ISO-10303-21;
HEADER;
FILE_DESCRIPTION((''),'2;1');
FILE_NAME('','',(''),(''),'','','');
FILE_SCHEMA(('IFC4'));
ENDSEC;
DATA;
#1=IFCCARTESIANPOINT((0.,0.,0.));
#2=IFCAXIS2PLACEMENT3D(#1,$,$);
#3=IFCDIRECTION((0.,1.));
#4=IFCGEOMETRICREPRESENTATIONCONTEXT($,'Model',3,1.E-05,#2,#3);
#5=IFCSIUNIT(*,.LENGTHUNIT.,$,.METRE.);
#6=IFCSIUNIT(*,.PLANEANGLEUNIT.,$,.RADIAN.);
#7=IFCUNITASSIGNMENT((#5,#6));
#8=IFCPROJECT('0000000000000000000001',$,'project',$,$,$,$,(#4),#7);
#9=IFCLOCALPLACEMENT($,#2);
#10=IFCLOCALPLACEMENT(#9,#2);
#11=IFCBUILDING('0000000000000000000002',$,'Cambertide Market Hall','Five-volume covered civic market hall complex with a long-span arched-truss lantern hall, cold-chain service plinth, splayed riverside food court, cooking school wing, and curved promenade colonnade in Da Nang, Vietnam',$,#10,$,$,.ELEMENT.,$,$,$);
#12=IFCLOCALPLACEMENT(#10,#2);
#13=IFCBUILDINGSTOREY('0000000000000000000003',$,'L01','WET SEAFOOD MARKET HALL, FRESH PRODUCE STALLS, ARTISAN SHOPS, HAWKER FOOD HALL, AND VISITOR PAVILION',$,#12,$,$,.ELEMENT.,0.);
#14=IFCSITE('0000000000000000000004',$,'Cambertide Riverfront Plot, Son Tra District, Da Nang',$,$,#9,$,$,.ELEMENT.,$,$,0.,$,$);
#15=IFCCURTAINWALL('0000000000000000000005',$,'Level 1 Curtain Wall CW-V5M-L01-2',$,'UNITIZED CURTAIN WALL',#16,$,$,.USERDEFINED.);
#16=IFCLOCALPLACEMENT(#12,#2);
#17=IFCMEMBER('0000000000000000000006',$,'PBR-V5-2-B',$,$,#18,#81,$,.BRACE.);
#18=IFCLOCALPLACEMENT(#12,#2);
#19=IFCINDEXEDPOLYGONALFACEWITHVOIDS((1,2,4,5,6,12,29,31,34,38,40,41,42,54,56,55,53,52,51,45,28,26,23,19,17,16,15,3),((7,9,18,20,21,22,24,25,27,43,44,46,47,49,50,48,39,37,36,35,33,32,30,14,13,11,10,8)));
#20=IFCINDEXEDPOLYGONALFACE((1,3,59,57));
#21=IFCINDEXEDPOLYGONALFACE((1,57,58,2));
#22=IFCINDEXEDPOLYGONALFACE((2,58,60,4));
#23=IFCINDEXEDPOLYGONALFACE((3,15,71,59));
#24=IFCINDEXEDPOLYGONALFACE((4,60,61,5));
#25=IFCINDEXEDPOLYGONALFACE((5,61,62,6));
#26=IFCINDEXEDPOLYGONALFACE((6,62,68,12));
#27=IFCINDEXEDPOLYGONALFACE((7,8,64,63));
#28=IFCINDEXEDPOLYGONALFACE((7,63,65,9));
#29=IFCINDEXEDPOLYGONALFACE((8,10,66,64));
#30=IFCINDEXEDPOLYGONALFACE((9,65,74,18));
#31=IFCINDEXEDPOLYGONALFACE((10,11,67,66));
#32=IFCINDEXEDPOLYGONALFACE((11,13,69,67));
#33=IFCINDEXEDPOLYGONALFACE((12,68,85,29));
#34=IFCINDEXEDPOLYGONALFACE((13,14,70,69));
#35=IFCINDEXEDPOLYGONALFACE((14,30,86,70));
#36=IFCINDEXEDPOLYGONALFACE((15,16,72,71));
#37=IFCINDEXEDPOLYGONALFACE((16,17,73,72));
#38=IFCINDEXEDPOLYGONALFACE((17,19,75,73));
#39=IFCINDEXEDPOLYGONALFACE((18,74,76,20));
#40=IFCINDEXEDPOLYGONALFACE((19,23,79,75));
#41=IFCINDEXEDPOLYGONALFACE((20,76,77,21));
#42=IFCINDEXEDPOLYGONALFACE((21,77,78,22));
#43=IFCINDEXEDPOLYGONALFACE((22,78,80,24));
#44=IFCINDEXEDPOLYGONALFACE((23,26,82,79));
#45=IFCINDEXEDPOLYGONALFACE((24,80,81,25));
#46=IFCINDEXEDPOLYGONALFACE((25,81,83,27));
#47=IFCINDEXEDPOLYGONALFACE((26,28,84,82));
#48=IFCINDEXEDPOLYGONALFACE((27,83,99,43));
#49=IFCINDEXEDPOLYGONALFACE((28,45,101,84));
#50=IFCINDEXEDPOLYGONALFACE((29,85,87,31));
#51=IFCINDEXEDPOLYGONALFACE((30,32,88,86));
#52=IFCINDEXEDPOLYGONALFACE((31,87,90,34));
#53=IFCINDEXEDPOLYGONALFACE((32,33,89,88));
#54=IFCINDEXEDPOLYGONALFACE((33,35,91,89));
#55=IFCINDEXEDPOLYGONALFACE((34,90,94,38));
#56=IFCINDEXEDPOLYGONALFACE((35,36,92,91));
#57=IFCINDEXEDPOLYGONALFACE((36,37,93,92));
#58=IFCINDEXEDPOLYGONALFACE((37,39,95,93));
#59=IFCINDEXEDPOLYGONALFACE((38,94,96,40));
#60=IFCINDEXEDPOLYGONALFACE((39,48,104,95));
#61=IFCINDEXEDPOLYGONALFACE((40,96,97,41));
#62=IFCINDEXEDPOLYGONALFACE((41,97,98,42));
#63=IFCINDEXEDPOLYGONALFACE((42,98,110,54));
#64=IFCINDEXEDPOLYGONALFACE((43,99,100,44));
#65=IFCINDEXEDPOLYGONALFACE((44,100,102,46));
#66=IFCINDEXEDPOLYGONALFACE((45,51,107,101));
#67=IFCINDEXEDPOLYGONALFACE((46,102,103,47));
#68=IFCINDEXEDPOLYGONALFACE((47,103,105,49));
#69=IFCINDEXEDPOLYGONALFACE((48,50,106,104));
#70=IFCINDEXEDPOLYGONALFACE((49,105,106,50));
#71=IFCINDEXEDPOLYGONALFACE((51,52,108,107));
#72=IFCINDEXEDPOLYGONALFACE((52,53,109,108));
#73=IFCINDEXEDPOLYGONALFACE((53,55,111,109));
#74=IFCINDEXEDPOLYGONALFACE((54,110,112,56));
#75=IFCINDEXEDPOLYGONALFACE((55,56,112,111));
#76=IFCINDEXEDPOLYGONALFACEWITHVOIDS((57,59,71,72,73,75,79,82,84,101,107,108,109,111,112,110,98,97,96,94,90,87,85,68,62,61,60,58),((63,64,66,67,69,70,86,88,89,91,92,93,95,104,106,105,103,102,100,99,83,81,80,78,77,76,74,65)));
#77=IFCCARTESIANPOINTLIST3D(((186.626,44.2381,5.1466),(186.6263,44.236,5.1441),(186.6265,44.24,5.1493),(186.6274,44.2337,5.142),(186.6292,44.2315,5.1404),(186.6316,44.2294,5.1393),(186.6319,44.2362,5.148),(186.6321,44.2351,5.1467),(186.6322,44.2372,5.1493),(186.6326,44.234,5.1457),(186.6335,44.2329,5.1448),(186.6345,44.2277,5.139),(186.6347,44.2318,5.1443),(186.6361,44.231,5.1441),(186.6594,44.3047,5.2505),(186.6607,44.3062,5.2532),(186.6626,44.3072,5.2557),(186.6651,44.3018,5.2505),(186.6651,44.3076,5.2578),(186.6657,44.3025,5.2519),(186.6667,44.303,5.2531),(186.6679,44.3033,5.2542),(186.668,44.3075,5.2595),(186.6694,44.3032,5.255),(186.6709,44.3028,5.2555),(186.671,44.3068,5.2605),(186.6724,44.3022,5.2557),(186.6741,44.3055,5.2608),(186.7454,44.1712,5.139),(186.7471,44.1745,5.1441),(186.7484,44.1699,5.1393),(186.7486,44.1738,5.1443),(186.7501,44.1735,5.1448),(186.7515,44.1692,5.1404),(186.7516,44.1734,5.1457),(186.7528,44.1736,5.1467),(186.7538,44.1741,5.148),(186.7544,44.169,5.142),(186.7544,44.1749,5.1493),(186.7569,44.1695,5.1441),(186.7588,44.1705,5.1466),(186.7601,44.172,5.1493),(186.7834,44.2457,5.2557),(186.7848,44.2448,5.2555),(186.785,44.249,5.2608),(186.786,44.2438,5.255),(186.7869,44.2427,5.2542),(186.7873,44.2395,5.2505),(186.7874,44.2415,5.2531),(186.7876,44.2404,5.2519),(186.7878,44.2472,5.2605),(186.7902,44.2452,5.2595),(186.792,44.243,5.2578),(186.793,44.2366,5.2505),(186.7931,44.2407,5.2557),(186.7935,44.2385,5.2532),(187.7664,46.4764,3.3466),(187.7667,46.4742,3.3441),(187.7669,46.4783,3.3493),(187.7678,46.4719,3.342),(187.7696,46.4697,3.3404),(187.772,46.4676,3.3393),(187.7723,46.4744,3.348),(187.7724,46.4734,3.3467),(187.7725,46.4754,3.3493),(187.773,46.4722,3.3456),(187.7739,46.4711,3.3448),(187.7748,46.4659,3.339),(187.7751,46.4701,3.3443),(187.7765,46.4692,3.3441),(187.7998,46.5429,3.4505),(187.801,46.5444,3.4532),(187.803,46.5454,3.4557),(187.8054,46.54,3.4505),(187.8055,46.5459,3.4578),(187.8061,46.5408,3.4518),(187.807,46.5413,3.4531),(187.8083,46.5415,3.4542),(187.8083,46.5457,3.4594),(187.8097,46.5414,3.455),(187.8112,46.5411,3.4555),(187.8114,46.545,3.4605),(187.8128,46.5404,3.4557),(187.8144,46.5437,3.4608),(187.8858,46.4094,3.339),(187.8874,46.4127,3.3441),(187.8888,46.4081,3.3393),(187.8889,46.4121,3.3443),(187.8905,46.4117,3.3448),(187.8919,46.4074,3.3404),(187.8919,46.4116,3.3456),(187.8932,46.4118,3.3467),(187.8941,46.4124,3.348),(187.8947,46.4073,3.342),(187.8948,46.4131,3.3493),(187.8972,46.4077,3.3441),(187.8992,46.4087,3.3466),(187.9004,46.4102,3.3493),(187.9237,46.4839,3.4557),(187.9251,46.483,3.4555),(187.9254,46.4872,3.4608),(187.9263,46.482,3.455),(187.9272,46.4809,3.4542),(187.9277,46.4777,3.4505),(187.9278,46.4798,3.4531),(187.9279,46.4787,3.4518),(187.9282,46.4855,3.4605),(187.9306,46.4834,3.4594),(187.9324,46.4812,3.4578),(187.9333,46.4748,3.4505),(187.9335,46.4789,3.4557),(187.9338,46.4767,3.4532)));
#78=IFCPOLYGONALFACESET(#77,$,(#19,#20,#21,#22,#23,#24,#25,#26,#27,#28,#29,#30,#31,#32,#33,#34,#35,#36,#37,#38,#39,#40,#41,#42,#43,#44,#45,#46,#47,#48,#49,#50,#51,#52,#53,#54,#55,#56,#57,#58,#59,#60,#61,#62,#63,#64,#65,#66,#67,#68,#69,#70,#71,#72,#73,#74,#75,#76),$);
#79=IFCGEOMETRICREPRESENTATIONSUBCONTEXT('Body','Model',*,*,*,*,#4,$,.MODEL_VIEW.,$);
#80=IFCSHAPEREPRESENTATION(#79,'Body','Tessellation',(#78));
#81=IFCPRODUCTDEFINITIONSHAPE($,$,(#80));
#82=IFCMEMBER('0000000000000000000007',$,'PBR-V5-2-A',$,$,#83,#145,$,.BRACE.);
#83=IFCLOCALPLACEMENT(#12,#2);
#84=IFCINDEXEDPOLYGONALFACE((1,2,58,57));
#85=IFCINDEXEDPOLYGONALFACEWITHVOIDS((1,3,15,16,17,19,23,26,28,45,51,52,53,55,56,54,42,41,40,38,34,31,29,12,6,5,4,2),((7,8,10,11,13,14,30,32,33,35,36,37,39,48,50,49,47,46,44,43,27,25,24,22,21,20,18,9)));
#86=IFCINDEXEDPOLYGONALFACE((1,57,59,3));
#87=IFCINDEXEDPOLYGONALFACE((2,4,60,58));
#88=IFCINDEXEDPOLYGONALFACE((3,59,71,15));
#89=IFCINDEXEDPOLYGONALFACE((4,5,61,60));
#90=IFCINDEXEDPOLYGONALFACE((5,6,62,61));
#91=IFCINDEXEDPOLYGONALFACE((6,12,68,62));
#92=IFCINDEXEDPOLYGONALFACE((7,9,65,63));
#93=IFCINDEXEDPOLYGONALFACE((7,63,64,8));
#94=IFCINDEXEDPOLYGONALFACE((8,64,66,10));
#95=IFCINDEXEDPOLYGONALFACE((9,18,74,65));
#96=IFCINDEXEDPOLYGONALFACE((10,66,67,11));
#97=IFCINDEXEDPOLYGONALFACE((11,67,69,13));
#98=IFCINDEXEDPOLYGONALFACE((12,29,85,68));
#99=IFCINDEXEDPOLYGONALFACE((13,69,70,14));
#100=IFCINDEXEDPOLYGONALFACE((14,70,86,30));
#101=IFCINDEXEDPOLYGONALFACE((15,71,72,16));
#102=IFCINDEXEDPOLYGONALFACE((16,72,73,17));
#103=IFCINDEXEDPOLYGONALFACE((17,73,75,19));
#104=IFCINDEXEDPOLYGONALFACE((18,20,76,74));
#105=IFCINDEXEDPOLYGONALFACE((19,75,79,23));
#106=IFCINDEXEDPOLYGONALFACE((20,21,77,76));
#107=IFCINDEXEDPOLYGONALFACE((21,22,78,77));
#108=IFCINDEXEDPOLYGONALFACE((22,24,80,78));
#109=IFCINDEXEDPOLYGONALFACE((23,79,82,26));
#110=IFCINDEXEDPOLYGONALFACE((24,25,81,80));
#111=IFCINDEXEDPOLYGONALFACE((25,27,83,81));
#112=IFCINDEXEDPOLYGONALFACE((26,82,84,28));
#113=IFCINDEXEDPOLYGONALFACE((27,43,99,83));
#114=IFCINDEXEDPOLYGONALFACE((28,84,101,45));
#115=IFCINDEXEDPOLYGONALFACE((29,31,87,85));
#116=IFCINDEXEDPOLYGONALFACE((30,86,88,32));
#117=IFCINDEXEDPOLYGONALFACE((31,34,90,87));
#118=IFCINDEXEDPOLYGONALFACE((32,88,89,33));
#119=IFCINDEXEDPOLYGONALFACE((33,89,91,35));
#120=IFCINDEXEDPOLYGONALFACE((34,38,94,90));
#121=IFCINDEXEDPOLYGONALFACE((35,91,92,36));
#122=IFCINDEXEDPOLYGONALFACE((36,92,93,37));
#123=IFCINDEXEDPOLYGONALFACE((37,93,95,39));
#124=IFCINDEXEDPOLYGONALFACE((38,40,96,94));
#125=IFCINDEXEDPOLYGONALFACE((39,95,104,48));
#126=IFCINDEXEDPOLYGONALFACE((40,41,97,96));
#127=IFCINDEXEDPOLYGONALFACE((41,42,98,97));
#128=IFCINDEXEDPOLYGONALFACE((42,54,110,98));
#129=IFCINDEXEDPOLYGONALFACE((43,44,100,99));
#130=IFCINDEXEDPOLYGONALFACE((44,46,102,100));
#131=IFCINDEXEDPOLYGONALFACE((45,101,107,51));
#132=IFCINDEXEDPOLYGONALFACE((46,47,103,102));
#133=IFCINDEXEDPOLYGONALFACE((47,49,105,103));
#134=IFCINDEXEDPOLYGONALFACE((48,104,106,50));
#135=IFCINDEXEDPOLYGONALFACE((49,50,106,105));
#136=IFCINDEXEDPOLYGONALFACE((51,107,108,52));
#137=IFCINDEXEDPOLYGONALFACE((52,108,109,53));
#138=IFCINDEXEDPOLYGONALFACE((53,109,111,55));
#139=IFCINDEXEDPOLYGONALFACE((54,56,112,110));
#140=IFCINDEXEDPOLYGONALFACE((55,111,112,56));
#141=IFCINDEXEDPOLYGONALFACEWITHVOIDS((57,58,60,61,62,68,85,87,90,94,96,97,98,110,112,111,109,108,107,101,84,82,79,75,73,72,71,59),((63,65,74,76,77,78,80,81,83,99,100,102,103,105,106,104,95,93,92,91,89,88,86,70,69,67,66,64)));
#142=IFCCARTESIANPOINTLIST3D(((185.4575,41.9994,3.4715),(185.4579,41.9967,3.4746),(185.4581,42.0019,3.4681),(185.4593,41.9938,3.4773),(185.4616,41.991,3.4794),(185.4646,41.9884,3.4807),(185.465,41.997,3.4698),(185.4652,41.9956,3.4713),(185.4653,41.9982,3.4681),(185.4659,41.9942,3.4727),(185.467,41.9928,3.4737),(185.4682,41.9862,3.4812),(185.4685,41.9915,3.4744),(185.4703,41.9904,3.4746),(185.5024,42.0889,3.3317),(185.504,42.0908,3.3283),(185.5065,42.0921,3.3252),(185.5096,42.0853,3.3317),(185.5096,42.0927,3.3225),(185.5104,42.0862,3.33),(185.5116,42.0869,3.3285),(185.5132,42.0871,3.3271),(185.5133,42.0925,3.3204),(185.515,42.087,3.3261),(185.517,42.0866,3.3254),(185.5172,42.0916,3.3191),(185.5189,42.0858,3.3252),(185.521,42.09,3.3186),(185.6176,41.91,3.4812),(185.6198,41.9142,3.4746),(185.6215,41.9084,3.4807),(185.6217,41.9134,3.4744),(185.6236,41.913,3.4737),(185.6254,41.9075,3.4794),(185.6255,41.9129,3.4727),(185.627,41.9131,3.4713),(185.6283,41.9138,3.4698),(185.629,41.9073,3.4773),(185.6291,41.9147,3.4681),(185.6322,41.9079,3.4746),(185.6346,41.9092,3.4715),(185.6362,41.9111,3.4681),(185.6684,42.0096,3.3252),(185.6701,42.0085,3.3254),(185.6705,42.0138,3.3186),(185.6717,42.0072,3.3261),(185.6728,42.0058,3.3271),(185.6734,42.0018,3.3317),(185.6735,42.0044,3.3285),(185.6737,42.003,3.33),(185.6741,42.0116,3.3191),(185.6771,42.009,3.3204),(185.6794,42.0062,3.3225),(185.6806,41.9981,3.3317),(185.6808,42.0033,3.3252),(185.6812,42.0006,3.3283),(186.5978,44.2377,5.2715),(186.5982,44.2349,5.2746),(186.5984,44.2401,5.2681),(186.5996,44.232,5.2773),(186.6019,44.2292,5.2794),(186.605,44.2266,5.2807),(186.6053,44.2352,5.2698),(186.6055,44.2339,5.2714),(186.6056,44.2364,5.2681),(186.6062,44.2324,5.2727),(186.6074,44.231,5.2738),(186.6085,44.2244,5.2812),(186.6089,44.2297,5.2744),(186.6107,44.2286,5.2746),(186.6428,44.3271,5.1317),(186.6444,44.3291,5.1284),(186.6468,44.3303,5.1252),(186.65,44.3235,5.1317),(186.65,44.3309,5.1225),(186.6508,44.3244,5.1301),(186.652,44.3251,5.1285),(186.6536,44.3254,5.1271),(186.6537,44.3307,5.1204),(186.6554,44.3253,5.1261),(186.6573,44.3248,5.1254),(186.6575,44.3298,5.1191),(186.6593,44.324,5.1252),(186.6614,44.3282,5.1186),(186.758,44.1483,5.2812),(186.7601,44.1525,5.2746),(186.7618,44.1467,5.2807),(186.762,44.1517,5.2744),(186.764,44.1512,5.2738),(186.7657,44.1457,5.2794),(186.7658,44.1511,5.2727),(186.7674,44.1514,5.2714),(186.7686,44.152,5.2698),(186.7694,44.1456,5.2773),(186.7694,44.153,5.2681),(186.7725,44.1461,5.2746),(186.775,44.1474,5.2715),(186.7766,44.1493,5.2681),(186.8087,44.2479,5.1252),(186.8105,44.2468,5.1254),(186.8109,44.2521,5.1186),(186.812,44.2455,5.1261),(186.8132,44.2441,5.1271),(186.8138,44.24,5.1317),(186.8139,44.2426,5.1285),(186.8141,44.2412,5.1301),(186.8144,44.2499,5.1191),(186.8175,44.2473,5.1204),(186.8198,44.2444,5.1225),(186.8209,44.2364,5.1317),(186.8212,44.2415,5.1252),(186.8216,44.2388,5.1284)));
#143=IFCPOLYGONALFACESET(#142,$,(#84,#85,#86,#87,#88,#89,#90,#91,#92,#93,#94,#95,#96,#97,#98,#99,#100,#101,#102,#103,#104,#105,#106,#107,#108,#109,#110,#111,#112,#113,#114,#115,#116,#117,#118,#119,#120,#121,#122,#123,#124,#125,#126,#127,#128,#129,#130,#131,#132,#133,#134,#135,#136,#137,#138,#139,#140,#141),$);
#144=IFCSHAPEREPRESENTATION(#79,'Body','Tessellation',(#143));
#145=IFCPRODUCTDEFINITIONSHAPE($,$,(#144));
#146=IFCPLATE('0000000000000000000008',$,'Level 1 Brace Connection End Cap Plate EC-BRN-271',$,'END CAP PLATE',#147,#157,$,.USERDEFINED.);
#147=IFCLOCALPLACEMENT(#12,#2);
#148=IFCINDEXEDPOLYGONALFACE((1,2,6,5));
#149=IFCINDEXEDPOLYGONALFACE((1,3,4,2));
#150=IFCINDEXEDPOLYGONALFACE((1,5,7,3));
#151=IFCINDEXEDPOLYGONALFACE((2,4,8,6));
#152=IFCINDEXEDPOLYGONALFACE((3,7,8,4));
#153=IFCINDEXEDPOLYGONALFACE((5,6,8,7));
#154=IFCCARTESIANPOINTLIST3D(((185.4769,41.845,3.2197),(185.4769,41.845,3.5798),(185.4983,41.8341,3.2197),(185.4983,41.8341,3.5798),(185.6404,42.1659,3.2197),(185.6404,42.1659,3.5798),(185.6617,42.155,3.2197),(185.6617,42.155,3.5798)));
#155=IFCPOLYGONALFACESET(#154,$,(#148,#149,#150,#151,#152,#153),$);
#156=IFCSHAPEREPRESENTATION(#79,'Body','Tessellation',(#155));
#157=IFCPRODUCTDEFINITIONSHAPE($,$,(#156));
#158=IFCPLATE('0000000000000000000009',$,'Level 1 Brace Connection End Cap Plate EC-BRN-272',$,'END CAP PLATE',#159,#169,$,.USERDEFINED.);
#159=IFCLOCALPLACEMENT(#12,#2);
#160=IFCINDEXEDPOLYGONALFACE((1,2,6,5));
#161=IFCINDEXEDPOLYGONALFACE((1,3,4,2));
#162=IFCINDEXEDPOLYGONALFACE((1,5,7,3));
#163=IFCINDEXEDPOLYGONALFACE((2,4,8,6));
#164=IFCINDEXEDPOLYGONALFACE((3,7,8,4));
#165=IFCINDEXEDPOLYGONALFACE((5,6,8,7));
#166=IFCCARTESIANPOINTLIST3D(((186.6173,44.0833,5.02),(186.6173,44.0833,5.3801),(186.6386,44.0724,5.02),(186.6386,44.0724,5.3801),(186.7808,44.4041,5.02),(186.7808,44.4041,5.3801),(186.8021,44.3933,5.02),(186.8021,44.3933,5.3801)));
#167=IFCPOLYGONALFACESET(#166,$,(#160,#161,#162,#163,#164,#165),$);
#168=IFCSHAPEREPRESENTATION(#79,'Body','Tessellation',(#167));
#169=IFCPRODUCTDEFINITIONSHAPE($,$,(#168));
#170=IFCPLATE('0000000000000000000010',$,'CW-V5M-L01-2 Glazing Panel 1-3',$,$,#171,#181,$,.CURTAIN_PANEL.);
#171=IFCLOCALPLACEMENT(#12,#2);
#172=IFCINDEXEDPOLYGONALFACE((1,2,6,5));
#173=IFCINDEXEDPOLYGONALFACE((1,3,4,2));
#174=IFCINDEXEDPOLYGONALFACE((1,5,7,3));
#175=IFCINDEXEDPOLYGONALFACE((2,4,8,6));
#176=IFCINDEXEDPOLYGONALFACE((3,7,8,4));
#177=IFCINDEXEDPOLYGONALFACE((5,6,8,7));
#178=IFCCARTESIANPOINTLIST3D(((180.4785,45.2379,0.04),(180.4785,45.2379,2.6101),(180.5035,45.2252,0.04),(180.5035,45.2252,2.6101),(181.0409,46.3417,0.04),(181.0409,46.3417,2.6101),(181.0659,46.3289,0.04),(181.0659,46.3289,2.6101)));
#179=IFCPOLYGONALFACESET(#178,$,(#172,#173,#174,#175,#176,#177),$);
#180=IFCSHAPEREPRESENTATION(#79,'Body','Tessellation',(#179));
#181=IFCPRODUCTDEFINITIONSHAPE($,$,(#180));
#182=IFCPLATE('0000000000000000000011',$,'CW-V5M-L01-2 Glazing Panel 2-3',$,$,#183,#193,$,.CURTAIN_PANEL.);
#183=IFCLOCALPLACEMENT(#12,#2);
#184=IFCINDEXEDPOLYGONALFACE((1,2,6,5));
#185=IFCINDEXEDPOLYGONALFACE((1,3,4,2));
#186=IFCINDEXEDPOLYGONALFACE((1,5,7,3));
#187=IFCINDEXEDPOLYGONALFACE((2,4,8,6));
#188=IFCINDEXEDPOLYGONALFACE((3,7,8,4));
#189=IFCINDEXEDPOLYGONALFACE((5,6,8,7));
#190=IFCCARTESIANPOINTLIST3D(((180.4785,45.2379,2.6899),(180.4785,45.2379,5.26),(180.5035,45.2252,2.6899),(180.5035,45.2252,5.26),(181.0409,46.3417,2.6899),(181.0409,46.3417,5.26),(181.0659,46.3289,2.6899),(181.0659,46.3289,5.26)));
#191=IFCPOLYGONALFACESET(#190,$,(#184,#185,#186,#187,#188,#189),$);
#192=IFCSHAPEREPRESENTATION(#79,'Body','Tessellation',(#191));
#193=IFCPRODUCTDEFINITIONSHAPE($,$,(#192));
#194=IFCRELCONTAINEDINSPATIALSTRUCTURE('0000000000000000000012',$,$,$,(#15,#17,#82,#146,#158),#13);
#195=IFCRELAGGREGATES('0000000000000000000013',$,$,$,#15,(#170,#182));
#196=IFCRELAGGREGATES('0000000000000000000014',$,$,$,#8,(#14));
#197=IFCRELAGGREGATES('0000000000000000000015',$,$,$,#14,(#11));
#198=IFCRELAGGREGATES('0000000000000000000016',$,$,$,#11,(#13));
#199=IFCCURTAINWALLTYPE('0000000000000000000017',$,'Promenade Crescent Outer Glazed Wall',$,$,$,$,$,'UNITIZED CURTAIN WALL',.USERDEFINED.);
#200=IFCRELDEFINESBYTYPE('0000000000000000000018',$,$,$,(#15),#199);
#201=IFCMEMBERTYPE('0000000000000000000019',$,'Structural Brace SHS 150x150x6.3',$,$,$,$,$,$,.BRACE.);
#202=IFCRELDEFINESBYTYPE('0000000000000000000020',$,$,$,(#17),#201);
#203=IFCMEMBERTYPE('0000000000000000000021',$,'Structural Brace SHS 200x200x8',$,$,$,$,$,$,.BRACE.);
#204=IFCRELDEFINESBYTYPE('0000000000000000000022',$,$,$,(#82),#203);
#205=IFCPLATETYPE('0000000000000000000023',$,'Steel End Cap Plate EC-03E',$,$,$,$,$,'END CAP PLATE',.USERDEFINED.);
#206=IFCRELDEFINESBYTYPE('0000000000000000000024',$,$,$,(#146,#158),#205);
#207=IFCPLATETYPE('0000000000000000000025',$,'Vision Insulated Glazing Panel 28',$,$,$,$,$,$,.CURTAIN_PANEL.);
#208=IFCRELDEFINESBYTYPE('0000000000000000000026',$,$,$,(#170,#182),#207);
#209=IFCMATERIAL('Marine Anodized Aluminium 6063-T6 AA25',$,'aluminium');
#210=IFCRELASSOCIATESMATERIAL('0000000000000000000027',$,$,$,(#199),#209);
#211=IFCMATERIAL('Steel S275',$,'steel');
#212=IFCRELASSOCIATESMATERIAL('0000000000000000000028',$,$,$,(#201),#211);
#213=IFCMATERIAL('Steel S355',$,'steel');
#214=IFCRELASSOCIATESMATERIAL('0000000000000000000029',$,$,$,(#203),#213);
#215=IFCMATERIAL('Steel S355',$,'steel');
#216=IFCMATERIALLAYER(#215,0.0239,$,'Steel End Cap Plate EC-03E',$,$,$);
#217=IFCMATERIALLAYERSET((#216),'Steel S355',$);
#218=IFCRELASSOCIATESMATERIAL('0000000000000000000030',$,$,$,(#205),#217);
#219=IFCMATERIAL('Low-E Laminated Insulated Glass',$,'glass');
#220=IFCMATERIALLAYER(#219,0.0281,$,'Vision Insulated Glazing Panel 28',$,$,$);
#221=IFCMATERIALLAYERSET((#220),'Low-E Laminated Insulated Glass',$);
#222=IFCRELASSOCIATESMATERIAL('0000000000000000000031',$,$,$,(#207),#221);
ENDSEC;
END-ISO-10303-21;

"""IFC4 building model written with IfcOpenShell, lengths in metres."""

from ifc_helpers import new_model, si_unit, direction, frame, origin, origin_2d, place, context, subcontext, project, spatial, rectangle, hollow_rectangle, extrude, material, layer, layer_set, material_profile, profile_set, type_object, element, aggregate, save


model = new_model("IFC4")

# Units and contexts
model_context = context("Model", 3, precision=1e-05, world=origin(), true_north=direction((0.0, 1.0)))
body_context = subcontext(model_context, "Body", "Model", "MODEL_VIEW")
ifc_project = project(units=[si_unit("LENGTHUNIT", "METRE"), si_unit("PLANEANGLEUNIT", "RADIAN")], contexts=[model_context])

# Site, building, storey
site_placement = place(None, origin())
site = spatial("IfcSite", under=ifc_project, at=site_placement, Name="Cambertide Riverfront Plot, Son Tra District, Da Nang", CompositionType="ELEMENT", RefElevation=0.0)
building_placement = place(site_placement, origin())
building = spatial("IfcBuilding", under=site, at=building_placement, Name="Cambertide Market Hall", Description="Five-volume covered civic market hall complex with a long-span arched-truss lantern hall, cold-chain service plinth, splayed riverside food court, cooking school wing, and curved promenade colonnade in Da Nang, Vietnam", CompositionType="ELEMENT")
storey_placement = place(building_placement, origin())
storey = spatial("IfcBuildingStorey", under=building, at=storey_placement, Name="L01", Description="WET SEAFOOD MARKET HALL, FRESH PRODUCE STALLS, ARTISAN SHOPS, HAWKER FOOD HALL, AND VISITOR PAVILION", CompositionType="ELEMENT", Elevation=0.0)

# Curtain wall
ifc_material_1 = material(Name="Marine Anodized Aluminium 6063-T6 AA25", Category="aluminium")
curtain_wall_type = type_object("IfcCurtainWallType", Name="Promenade Crescent Outer Glazed Wall", ElementType="UNITIZED CURTAIN WALL", PredefinedType="USERDEFINED", material=ifc_material_1)
curtain_wall_placement = place(storey_placement, origin())
curtain_wall = element("IfcCurtainWall", 1, at=curtain_wall_placement, inside=storey, type_object=curtain_wall_type, Name="Level 1 Curtain Wall CW-V5M-L01-2", ObjectType="UNITIZED CURTAIN WALL", PredefinedType="USERDEFINED")

# Members
ifc_material_2 = material(Name="Steel S275", Category="steel")
ifc_material_profile_1 = material_profile(ifc_material_2, hollow_rectangle(XDim=0.1499, YDim=0.1499, WallThickness=0.0063, InnerFilletRadius=0.0063, OuterFilletRadius=0.0127, at=origin_2d()), Name="SHS 150x150x6.3")
ifc_profile_set_1 = profile_set([ifc_material_profile_1], Name="Steel S275")
member_type_1 = type_object("IfcMemberType", Name="Structural Brace SHS 150x150x6.3", PredefinedType="BRACE", material=ifc_profile_set_1)
member_1_placement = place(storey_placement, frame((187.8501, 46.4766, 3.3999), z_axis=(-0.369008, -0.72427, 0.582465), x_axis=(0.891019, -0.453965, 0.0)))
element("IfcMember", 2, at=member_1_placement, inside=storey, type_object=member_type_1, Name="PBR-V5-2-B", PredefinedType="BRACE", context=body_context, shape_type="SweptSolid", body=[
    extrude(hollow_rectangle(XDim=0.1499, YDim=0.1499, WallThickness=0.0063, InnerFilletRadius=0.0063, OuterFilletRadius=0.0127, at=origin_2d()), origin(), (0.0, 0.0, 1.0), 3.0903),
])
ifc_material_3 = material(Name="Steel S355", Category="steel")
ifc_material_profile_2 = material_profile(ifc_material_3, hollow_rectangle(XDim=0.2, YDim=0.2, WallThickness=0.0081, InnerFilletRadius=0.0081, OuterFilletRadius=0.0161, at=origin_2d()), Name="SHS 200x200x8")
ifc_profile_set_2 = profile_set([ifc_material_profile_2], Name="Steel S355")
member_type_2 = type_object("IfcMemberType", Name="Structural Brace SHS 200x200x8", PredefinedType="BRACE", material=ifc_profile_set_2)
member_2_placement = place(storey_placement, frame((185.5693, 42.0, 3.3999), z_axis=(0.369008, 0.72427, 0.582465), x_axis=(-0.891019, 0.453965, 0.0)))
element("IfcMember", 3, at=member_2_placement, inside=storey, type_object=member_type_2, Name="PBR-V5-2-A", PredefinedType="BRACE", context=body_context, shape_type="SweptSolid", body=[
    extrude(hollow_rectangle(XDim=0.2, YDim=0.2, WallThickness=0.0081, InnerFilletRadius=0.0081, OuterFilletRadius=0.0161, at=origin_2d()), origin(), (0.0, 0.0, 1.0), 3.0903),
])

# Plates
ifc_material_4 = material(Name="Steel S355", Category="steel")
ifc_layer_1 = layer(ifc_material_4, 0.0239, Name="Steel End Cap Plate EC-03E")
ifc_layer_set_1 = layer_set([ifc_layer_1], Name="Steel S355")
plate_type_1 = type_object("IfcPlateType", Name="Steel End Cap Plate EC-03E", ElementType="END CAP PLATE", PredefinedType="USERDEFINED", material=ifc_layer_set_1)
for number, where, z_axis, x_axis, name in (
    (4, (185.5693, 42.0, 3.2197), (0.0, 0.0, 1.0), (0.45399, 0.891007, 0.0), "Level 1 Brace Connection End Cap Plate EC-BRN-271"),
    (5, (186.7097, 44.2383, 5.02), (0.0, 0.0, 1.0), (0.45399, 0.891007, 0.0), "Level 1 Brace Connection End Cap Plate EC-BRN-272"),
):
    element("IfcPlate", number, at=place(storey_placement, frame(where, z_axis=z_axis, x_axis=x_axis)), inside=storey, type_object=plate_type_1, Name=name, ObjectType="END CAP PLATE", PredefinedType="USERDEFINED", context=body_context, shape_type="SweptSolid", body=[
        extrude(rectangle(XDim=0.3601, YDim=0.0239, at=origin_2d()), origin(), (0.0, 0.0, 1.0), 0.3601),
    ])

# Plates
ifc_material_5 = material(Name="Low-E Laminated Insulated Glass", Category="glass")
ifc_layer_2 = layer(ifc_material_5, 0.0281, Name="Vision Insulated Glazing Panel 28")
ifc_layer_set_2 = layer_set([ifc_layer_2], Name="Low-E Laminated Insulated Glass")
plate_type_2 = type_object("IfcPlateType", Name="Vision Insulated Glazing Panel 28", PredefinedType="CURTAIN_PANEL", material=ifc_layer_set_2)
plate_1_placement = place(storey_placement, frame((180.7722, 45.7834, 0.04), z_axis=(0.0, 0.0, 1.0), x_axis=(-0.45399, -0.891007, 0.0)))
plate_1 = element("IfcPlate", 6, at=plate_1_placement, type_object=plate_type_2, Name="CW-V5M-L01-2 Glazing Panel 1-3", PredefinedType="CURTAIN_PANEL", context=body_context, shape_type="SweptSolid", body=[
    extrude(rectangle(XDim=1.2388, YDim=0.0281, at=origin_2d()), origin(), (0.0, 0.0, 1.0), 2.5701),
])
plate_2_placement = place(storey_placement, frame((180.7722, 45.7834, 2.6899), z_axis=(0.0, 0.0, 1.0), x_axis=(-0.45399, -0.891007, 0.0)))
plate_2 = element("IfcPlate", 7, at=plate_2_placement, type_object=plate_type_2, Name="CW-V5M-L01-2 Glazing Panel 2-3", PredefinedType="CURTAIN_PANEL", context=body_context, shape_type="SweptSolid", body=[
    extrude(rectangle(XDim=1.2388, YDim=0.0281, at=origin_2d()), origin(), (0.0, 0.0, 1.0), 2.5701),
])
aggregate(curtain_wall, [plate_1, plate_2])

save(model, "model.ifc")
